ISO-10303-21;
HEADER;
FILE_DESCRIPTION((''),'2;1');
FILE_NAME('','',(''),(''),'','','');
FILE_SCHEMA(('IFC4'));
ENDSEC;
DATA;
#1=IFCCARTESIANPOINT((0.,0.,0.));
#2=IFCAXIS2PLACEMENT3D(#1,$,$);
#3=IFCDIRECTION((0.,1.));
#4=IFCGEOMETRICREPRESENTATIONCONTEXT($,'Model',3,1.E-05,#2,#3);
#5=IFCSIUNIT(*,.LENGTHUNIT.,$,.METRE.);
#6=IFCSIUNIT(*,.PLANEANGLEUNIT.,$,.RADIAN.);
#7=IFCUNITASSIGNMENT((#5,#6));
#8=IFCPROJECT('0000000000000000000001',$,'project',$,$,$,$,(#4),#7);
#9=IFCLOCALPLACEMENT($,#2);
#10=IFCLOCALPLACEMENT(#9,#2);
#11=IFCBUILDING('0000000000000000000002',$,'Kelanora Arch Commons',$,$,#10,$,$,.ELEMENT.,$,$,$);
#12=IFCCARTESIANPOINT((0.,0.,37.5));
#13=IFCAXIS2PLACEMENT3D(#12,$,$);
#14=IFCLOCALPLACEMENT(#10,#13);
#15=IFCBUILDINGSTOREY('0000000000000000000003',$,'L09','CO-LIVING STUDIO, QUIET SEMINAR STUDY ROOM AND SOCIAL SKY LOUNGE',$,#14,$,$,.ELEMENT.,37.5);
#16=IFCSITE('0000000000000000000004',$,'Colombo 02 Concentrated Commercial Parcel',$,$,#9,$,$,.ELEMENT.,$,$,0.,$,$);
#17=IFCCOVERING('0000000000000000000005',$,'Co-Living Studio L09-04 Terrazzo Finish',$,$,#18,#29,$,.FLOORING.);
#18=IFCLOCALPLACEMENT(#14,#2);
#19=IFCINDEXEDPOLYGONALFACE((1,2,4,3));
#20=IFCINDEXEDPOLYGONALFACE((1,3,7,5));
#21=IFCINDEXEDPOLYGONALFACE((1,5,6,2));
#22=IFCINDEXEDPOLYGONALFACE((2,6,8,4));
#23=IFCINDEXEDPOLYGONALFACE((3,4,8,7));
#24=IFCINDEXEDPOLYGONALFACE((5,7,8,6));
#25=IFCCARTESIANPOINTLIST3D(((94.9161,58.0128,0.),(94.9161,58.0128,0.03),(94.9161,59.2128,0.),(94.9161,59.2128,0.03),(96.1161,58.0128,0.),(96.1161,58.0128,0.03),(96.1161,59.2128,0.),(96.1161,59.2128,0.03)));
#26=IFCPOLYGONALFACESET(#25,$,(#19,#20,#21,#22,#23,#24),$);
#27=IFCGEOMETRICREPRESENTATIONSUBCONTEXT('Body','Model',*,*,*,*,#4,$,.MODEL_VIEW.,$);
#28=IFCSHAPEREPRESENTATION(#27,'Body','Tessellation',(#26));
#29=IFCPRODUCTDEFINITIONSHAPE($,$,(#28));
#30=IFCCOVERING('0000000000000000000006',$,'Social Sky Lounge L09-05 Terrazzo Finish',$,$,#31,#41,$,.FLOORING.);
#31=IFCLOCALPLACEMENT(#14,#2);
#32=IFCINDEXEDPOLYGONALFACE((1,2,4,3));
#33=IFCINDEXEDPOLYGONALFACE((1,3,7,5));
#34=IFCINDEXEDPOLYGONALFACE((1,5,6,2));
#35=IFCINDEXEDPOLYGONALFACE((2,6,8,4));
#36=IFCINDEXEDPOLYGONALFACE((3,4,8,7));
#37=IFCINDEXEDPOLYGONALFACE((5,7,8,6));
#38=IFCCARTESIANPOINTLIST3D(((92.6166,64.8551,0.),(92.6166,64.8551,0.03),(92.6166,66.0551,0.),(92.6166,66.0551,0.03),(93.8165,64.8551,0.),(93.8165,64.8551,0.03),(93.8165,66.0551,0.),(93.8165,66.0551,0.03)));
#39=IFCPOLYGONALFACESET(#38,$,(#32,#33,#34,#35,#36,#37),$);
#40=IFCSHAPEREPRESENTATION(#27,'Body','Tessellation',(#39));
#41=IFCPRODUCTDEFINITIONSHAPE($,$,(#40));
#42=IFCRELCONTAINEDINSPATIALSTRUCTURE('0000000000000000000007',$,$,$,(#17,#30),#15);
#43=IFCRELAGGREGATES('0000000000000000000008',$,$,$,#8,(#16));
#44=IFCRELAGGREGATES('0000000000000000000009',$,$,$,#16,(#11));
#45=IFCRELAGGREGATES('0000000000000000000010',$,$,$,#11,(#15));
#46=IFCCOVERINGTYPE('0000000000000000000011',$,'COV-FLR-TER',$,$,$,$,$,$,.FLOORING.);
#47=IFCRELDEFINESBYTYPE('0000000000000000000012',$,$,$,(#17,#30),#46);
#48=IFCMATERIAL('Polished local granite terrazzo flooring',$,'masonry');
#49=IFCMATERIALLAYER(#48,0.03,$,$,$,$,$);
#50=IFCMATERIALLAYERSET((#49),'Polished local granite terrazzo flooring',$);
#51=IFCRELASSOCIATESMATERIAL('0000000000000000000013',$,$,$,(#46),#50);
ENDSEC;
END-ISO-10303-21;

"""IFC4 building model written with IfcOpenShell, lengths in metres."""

from ifc_helpers import new_model, si_unit, direction, frame, origin, origin_2d, place, context, subcontext, project, spatial, rectangle, extrude, source, transform, mapped, material, layer, layer_set, type_object, element, save


model = new_model("IFC4")

# Units and contexts
model_context = context("Model", 3, precision=1e-05, world=origin(), true_north=direction((0.0, 1.0)))
body_context = subcontext(model_context, "Body", "Model", "MODEL_VIEW")
ifc_project = project(units=[si_unit("LENGTHUNIT", "METRE"), si_unit("PLANEANGLEUNIT", "RADIAN")], contexts=[model_context])

# Site, building, storey
site_placement = place(None, origin())
site = spatial("IfcSite", under=ifc_project, at=site_placement, Name="Colombo 02 Concentrated Commercial Parcel", CompositionType="ELEMENT", RefElevation=0.0)
building_placement = place(site_placement, origin())
building = spatial("IfcBuilding", under=site, at=building_placement, Name="Kelanora Arch Commons", CompositionType="ELEMENT")
storey_placement = place(building_placement, frame((0.0, 0.0, 37.5)))
storey = spatial("IfcBuildingStorey", under=building, at=storey_placement, Name="L09", Description="CO-LIVING STUDIO, QUIET SEMINAR STUDY ROOM AND SOCIAL SKY LOUNGE", CompositionType="ELEMENT", Elevation=37.5)

# Coverings
ifc_material_1 = material(Name="Polished local granite terrazzo flooring", Category="masonry")
ifc_layer_1 = layer(ifc_material_1, 0.03)
ifc_layer_set_1 = layer_set([ifc_layer_1], Name="Polished local granite terrazzo flooring")
covering_type = type_object("IfcCoveringType", Name="COV-FLR-TER", PredefinedType="FLOORING", material=ifc_layer_set_1)
shared_shape_1 = source(origin(), body_context, "Body", "SweptSolid", [
    extrude(rectangle(XDim=1.2, YDim=1.2, at=origin_2d()), origin(), (0.0, 0.0, 1.0), 0.03),
])
for number, where, z_axis, x_axis, name in (
    (1, (95.5161, 58.6128, 0.0), (0.0, 0.0, 1.0), (1.0, 0.0, 0.0), "Co-Living Studio L09-04 Terrazzo Finish"),
    (2, (93.2166, 65.4551, 0.0), (0.0, 0.0, 1.0), (1.0, 0.0, 0.0), "Social Sky Lounge L09-05 Terrazzo Finish"),
):
    element("IfcCovering", number, at=place(storey_placement, frame(where, z_axis=z_axis, x_axis=x_axis)), inside=storey, type_object=covering_type, Name=name, PredefinedType="FLOORING", context=body_context, shape_type="MappedRepresentation", body=[
        mapped(shared_shape_1, transform((0.0, 0.0, 0.0), scale=1.0)),
    ])

save(model, "model.ifc")
